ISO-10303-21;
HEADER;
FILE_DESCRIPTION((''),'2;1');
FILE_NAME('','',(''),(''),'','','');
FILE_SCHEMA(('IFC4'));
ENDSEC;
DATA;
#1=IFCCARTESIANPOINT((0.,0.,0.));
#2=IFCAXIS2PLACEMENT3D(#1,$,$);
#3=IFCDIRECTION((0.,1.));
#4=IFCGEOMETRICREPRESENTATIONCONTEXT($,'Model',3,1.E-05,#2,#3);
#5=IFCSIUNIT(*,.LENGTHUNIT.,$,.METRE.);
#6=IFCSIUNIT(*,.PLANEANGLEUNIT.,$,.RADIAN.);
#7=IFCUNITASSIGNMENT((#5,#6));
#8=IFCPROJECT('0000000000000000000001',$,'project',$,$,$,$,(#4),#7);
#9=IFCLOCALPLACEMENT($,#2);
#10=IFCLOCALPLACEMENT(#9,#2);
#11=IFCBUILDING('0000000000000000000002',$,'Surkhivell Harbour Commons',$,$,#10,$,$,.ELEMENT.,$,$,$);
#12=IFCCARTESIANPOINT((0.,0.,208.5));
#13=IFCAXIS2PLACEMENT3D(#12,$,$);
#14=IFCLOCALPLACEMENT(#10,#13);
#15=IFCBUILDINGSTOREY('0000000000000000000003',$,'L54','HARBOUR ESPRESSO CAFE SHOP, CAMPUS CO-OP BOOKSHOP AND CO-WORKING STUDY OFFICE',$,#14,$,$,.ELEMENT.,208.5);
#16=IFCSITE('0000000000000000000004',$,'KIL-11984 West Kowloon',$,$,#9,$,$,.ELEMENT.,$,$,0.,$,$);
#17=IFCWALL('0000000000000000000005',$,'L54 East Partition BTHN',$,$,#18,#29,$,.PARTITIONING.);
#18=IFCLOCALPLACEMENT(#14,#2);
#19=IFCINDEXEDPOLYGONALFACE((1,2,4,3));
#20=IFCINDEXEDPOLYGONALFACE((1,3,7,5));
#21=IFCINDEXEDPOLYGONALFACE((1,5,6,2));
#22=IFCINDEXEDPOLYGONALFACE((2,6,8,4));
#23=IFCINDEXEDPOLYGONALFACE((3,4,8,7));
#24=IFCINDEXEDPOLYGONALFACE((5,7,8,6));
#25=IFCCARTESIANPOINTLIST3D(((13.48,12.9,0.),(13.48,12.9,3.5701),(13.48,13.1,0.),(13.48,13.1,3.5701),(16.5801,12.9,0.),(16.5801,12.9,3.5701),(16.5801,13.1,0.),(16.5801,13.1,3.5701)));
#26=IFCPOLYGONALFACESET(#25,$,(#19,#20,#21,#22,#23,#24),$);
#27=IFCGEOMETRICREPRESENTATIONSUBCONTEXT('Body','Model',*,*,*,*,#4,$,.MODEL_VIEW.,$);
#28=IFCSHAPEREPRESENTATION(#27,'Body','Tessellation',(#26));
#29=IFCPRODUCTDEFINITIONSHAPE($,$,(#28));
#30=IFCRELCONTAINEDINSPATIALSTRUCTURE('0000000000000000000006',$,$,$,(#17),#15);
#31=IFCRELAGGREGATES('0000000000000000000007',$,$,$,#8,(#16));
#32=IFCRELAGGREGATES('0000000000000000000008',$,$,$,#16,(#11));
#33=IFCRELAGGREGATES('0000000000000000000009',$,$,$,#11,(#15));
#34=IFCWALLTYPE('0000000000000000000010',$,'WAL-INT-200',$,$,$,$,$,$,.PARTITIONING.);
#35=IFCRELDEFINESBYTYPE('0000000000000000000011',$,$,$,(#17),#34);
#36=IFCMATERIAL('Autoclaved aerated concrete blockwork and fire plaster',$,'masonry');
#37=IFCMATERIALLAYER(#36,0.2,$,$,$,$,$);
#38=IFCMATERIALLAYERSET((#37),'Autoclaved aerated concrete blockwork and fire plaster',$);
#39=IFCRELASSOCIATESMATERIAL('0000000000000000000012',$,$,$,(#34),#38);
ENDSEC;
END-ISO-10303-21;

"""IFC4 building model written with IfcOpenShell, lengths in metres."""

from ifc_helpers import new_model, si_unit, direction, frame, frame_2d, origin, place, context, subcontext, project, spatial, rectangle, extrude, material, layer, layer_set, type_object, element, save


model = new_model("IFC4")

# Units and contexts
model_context = context("Model", 3, precision=1e-05, world=origin(), true_north=direction((0.0, 1.0)))
body_context = subcontext(model_context, "Body", "Model", "MODEL_VIEW")
ifc_project = project(units=[si_unit("LENGTHUNIT", "METRE"), si_unit("PLANEANGLEUNIT", "RADIAN")], contexts=[model_context])

# Site, building, storey
site_placement = place(None, origin())
site = spatial("IfcSite", under=ifc_project, at=site_placement, Name="KIL-11984 West Kowloon", CompositionType="ELEMENT", RefElevation=0.0)
building_placement = place(site_placement, origin())
building = spatial("IfcBuilding", under=site, at=building_placement, Name="Surkhivell Harbour Commons", CompositionType="ELEMENT")
storey_placement = place(building_placement, frame((0.0, 0.0, 208.5)))
storey = spatial("IfcBuildingStorey", under=building, at=storey_placement, Name="L54", Description="HARBOUR ESPRESSO CAFE SHOP, CAMPUS CO-OP BOOKSHOP AND CO-WORKING STUDY OFFICE", CompositionType="ELEMENT", Elevation=208.5)

# Wall
ifc_material_1 = material(Name="Autoclaved aerated concrete blockwork and fire plaster", Category="masonry")
ifc_layer_1 = layer(ifc_material_1, 0.2)
ifc_layer_set_1 = layer_set([ifc_layer_1], Name="Autoclaved aerated concrete blockwork and fire plaster")
wall_type_1 = type_object("IfcWallType", Name="WAL-INT-200", PredefinedType="PARTITIONING", material=ifc_layer_set_1)
wall_1_placement = place(storey_placement, frame((13.48, 13.0, 0.0), z_axis=(0.0, 0.0, 1.0), x_axis=(1.0, 0.0, 0.0)))
element("IfcWall", 1, at=wall_1_placement, inside=storey, type_object=wall_type_1, Name="L54 East Partition BTHN", PredefinedType="PARTITIONING", context=body_context, shape_type="SweptSolid", body=[
    extrude(rectangle(XDim=3.1001, YDim=0.2, at=frame_2d((1.55, 0.0))), origin(), (0.0, 0.0, 1.0), 3.5701),
])

save(model, "model.ifc")
